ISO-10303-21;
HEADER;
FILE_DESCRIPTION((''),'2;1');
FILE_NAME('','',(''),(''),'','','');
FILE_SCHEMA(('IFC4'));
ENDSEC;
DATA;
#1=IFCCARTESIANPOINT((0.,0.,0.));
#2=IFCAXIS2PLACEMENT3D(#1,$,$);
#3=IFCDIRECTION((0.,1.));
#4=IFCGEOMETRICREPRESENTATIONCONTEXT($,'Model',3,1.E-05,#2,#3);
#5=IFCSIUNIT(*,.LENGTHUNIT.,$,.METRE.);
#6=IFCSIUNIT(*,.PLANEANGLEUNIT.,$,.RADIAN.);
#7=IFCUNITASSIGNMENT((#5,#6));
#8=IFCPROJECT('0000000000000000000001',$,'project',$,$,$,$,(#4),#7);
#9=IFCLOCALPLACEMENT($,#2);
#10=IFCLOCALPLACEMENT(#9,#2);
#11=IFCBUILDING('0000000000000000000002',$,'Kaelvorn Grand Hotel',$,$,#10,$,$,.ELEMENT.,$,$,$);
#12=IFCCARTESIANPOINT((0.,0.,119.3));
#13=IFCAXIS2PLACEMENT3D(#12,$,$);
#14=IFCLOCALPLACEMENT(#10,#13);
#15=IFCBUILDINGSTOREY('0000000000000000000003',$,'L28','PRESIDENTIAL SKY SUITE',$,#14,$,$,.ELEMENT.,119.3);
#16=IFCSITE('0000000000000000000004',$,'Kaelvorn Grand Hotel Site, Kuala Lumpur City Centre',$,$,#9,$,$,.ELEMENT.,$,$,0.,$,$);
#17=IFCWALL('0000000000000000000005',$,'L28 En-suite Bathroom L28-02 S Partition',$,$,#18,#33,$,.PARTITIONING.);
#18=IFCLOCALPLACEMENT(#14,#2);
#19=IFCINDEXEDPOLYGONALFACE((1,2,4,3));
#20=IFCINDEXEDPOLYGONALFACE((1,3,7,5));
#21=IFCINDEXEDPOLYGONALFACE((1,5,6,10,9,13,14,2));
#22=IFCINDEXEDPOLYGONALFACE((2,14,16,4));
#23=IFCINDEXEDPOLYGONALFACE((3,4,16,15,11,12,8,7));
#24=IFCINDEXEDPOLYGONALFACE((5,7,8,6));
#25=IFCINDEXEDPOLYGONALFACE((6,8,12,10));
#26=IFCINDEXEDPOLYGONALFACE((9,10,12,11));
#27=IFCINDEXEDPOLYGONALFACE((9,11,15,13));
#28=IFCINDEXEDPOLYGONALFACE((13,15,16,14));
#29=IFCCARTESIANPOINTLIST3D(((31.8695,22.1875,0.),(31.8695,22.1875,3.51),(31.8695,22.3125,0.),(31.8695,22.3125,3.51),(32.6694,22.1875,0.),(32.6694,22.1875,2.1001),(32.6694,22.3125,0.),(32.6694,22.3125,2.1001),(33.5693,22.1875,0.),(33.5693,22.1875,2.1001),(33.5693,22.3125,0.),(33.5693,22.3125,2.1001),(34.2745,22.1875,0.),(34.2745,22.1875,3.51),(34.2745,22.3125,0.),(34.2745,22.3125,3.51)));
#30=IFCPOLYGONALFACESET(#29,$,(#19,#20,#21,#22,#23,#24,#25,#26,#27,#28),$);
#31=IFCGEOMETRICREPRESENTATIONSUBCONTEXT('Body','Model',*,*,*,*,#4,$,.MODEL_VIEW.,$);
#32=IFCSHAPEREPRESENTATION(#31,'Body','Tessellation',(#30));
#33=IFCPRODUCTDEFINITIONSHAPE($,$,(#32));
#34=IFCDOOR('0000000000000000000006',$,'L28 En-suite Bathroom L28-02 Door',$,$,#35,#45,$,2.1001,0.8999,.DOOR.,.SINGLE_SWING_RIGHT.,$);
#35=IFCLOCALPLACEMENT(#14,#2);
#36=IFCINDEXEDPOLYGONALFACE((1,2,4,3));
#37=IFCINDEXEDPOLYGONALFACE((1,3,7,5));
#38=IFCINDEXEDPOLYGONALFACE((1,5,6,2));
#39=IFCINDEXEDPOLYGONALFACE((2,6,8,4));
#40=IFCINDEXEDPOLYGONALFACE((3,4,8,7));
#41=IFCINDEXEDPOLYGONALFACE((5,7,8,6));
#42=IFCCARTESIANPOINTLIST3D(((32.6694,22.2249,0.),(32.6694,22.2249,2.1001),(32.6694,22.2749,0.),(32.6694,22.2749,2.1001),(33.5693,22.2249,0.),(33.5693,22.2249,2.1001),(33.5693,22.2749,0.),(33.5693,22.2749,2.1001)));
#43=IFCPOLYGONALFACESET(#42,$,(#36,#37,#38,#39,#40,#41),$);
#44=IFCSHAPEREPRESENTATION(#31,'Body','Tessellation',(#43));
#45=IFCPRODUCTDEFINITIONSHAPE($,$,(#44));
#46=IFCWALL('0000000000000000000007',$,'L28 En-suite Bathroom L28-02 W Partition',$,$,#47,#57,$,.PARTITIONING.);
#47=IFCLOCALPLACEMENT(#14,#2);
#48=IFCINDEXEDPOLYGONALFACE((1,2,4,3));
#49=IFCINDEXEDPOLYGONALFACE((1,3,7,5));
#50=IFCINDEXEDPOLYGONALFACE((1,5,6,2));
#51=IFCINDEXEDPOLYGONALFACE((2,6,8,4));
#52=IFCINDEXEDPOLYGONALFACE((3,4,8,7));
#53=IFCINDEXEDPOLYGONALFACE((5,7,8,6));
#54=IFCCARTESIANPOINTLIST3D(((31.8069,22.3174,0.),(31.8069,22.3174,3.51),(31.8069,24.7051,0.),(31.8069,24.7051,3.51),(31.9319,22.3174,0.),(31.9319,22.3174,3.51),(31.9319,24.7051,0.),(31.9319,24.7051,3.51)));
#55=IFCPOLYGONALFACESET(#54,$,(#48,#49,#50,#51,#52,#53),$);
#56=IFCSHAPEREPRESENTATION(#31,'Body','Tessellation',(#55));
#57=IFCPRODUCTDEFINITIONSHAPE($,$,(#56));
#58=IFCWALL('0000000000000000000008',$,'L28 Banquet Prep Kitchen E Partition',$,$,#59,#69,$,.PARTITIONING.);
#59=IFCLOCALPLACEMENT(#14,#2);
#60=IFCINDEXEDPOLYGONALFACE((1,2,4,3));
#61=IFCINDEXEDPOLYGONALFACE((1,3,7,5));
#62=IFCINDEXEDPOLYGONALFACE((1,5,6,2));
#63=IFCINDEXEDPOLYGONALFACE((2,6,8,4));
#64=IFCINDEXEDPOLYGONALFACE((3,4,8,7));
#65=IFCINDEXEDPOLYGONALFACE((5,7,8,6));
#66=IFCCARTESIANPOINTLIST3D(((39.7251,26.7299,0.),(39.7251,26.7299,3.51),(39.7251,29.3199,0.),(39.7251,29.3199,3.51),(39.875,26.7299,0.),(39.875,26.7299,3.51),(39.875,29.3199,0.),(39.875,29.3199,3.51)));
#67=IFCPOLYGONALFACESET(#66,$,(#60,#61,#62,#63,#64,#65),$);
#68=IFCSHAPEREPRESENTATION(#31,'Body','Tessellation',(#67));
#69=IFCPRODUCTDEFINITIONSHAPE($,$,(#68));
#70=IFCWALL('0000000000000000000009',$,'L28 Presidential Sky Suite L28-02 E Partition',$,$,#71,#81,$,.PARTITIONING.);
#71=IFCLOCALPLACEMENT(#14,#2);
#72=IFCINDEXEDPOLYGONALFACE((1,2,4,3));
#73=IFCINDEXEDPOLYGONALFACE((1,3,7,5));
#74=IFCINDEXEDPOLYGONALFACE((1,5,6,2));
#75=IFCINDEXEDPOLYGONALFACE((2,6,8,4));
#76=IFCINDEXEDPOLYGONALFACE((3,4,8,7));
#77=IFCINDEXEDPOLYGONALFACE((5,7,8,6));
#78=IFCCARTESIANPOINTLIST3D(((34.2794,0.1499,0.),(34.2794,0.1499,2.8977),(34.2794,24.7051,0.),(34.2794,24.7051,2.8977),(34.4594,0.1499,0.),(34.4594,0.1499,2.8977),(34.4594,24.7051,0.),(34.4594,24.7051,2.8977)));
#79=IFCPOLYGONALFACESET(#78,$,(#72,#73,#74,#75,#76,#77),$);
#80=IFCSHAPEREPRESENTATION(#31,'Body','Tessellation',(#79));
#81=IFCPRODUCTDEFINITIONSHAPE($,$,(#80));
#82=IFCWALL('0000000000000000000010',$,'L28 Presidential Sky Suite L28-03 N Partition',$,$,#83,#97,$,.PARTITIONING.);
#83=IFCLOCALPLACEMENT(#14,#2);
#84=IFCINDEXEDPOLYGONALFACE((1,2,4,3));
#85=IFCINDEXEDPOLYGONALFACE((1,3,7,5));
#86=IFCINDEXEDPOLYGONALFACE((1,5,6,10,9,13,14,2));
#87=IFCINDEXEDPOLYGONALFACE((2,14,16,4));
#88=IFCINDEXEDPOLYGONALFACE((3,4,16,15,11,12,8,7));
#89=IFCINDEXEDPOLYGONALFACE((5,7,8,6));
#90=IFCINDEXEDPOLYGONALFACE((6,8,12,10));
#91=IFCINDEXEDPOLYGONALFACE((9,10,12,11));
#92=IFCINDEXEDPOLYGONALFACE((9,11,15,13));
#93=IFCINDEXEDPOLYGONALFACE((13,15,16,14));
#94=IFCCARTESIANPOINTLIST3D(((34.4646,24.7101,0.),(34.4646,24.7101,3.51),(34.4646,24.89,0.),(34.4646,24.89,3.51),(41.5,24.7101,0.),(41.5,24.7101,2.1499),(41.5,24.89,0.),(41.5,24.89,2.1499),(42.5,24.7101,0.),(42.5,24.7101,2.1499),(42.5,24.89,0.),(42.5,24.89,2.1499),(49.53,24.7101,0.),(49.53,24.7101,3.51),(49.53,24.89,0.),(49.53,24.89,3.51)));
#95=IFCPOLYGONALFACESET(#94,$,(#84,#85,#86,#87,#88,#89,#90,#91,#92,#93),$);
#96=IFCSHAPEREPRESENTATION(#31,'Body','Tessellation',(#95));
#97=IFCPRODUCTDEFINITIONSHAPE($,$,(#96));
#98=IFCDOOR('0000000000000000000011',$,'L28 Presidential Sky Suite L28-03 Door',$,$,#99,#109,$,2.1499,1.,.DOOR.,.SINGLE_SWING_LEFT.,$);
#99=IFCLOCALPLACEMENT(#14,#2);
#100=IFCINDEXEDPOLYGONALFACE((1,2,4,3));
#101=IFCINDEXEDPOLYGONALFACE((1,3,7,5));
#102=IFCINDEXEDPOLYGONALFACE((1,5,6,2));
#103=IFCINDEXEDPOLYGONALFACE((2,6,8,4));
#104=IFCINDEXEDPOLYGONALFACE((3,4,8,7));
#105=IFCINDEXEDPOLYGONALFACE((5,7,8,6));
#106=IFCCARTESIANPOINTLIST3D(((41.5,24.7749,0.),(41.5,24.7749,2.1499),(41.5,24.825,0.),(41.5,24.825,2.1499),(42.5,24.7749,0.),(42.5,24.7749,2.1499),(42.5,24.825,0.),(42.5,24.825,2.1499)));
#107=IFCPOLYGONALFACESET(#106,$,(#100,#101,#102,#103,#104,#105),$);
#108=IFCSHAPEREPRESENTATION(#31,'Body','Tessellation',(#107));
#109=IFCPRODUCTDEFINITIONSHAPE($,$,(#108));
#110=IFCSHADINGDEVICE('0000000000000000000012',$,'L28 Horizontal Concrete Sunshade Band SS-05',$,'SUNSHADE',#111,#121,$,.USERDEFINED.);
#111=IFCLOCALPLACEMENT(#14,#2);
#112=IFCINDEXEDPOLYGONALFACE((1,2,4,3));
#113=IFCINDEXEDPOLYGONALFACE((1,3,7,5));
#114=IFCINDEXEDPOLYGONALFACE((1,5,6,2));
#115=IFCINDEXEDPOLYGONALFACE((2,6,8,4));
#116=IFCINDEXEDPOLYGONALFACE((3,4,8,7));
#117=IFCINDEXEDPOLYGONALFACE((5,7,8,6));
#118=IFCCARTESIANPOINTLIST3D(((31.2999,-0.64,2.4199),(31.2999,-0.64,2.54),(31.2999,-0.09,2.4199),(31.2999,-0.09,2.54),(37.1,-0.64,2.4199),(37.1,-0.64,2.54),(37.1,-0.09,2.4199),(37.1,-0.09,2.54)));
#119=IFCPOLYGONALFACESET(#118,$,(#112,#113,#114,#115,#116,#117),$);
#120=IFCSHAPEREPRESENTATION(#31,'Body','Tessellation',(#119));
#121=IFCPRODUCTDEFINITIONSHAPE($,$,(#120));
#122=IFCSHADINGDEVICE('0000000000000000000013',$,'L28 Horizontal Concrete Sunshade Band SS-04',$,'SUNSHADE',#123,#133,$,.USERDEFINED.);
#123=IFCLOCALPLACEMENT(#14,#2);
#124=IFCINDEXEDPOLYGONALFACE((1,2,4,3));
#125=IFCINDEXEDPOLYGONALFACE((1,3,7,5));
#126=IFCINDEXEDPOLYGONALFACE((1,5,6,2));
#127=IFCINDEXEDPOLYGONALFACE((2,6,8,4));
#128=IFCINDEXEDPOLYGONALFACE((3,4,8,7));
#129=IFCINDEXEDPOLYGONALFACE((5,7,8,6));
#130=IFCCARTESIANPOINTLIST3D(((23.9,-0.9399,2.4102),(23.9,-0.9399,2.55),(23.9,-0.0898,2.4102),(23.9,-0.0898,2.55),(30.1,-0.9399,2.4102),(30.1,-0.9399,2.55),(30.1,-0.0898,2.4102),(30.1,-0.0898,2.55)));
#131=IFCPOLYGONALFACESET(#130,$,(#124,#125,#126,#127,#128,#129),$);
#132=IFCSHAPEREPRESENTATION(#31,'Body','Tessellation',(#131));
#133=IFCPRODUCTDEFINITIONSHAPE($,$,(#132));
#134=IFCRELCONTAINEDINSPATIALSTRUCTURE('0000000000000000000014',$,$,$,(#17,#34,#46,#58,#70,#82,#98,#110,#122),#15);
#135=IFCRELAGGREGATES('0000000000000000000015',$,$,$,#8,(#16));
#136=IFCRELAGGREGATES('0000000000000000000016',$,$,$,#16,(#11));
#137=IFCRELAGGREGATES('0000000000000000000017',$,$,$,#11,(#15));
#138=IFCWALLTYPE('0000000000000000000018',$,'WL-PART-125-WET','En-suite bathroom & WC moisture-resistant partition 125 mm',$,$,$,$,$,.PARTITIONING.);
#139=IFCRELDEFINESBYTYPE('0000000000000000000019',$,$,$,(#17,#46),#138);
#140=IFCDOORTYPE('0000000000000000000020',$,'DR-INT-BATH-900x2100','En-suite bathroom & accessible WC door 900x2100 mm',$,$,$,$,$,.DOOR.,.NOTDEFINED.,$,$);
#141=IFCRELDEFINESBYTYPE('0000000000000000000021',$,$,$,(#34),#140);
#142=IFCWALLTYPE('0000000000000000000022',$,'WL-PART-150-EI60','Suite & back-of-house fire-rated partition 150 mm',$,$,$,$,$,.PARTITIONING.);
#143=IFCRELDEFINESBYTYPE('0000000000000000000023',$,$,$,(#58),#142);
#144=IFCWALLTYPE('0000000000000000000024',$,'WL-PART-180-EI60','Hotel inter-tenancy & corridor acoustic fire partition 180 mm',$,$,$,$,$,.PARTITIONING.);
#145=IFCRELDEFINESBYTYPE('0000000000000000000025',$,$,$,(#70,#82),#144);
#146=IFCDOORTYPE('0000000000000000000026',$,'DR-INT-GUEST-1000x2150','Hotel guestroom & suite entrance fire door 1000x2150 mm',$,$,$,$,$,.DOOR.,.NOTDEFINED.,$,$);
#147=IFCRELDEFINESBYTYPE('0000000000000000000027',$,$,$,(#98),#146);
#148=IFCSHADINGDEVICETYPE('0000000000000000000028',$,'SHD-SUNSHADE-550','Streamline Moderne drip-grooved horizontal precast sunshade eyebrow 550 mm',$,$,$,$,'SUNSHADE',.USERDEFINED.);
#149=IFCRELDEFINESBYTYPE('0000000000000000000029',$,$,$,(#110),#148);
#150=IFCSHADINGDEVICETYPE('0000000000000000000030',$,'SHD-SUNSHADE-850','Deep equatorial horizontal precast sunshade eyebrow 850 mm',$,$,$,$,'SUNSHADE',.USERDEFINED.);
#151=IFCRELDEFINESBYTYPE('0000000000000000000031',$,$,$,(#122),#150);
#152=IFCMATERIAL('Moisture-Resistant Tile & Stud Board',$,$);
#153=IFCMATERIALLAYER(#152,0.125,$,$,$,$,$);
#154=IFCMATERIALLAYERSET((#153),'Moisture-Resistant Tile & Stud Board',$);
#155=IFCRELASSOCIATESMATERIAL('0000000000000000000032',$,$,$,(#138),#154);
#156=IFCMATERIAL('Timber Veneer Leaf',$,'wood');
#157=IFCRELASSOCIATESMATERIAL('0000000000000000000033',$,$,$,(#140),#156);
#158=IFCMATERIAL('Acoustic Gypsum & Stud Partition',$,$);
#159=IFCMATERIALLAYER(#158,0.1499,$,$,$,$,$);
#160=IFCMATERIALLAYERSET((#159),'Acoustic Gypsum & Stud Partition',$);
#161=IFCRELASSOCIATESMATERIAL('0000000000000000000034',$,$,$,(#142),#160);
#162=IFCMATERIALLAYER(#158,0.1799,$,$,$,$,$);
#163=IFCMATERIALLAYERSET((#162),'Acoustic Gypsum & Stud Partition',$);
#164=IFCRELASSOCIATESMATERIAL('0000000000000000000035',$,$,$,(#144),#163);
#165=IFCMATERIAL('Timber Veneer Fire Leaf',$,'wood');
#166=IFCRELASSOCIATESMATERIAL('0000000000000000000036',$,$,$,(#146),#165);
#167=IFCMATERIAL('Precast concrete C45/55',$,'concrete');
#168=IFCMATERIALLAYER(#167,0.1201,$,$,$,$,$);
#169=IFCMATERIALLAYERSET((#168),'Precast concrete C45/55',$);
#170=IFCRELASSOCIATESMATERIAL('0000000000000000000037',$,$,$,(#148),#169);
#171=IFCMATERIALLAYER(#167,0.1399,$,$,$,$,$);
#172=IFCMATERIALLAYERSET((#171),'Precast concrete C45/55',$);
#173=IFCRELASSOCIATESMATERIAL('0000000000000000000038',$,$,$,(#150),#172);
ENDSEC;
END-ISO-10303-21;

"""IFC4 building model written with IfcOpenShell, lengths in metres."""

from ifc_helpers import new_model, si_unit, direction, frame, frame_2d, origin, origin_2d, place, context, subcontext, project, spatial, rectangle, extrude, material, layer, layer_set, type_object, element, fill, save


model = new_model("IFC4")

# Units and contexts
model_context = context("Model", 3, precision=1e-05, world=origin(), true_north=direction((0.0, 1.0)))
body_context = subcontext(model_context, "Body", "Model", "MODEL_VIEW")
ifc_project = project(units=[si_unit("LENGTHUNIT", "METRE"), si_unit("PLANEANGLEUNIT", "RADIAN")], contexts=[model_context])

# Site, building, storey
site_placement = place(None, origin())
site = spatial("IfcSite", under=ifc_project, at=site_placement, Name="Kaelvorn Grand Hotel Site, Kuala Lumpur City Centre", CompositionType="ELEMENT", RefElevation=0.0)
building_placement = place(site_placement, origin())
building = spatial("IfcBuilding", under=site, at=building_placement, Name="Kaelvorn Grand Hotel", CompositionType="ELEMENT")
storey_placement = place(building_placement, frame((0.0, 0.0, 119.3)))
storey = spatial("IfcBuildingStorey", under=building, at=storey_placement, Name="L28", Description="PRESIDENTIAL SKY SUITE", CompositionType="ELEMENT", Elevation=119.3)

# Wall, opening, door
ifc_material_1 = material(Name="Moisture-Resistant Tile & Stud Board")
ifc_layer_1 = layer(ifc_material_1, 0.125)
ifc_layer_set_1 = layer_set([ifc_layer_1], Name="Moisture-Resistant Tile & Stud Board")
wall_type_1 = type_object("IfcWallType", Name="WL-PART-125-WET", Description="En-suite bathroom & WC moisture-resistant partition 125 mm", PredefinedType="PARTITIONING", material=ifc_layer_set_1)
wall_1_placement = place(storey_placement, frame((31.8694, 22.25, 0.0), z_axis=(0.0, 0.0, 1.0), x_axis=(1.0, 0.0, 0.0)))
wall_1 = element("IfcWall", 1, at=wall_1_placement, inside=storey, type_object=wall_type_1, Name="L28 En-suite Bathroom L28-02 S Partition", PredefinedType="PARTITIONING", context=body_context, shape_type="SweptSolid", body=[
    extrude(rectangle(XDim=2.405, YDim=0.125, at=frame_2d((1.2026, 0.0))), origin(), (0.0, 0.0, 1.0), 3.51),
])
opening_1_placement = place(wall_1_placement, frame((0.8, 0.0, 0.0)))
opening_1 = element("IfcOpeningElement", 2, at=opening_1_placement, cuts=wall_1, PredefinedType="OPENING", context=body_context, shape_type="SweptSolid", body=[
    extrude(rectangle(XDim=0.8999, YDim=2.1001, at=frame_2d((0.45, 1.05))), frame((0.0, 0.0725, 0.0), z_axis=(0.0, -1.0, 0.0), x_axis=(1.0, 0.0, 0.0)), (0.0, 0.0, 1.0), 0.145),
])
ifc_material_2 = material(Name="Timber Veneer Leaf", Category="wood")
door_type_1 = type_object("IfcDoorType", Name="DR-INT-BATH-900x2100", Description="En-suite bathroom & accessible WC door 900x2100 mm", OperationType="NOTDEFINED", PredefinedType="DOOR", material=ifc_material_2)
door_1_placement = place(opening_1_placement, origin())
door_1 = element("IfcDoor", 3, at=door_1_placement, inside=storey, type_object=door_type_1, Name="L28 En-suite Bathroom L28-02 Door", OperationType="SINGLE_SWING_RIGHT", OverallHeight=2.1001, OverallWidth=0.8999, PredefinedType="DOOR", context=body_context, shape_type="SweptSolid", body=[
    extrude(rectangle(XDim=0.8999, YDim=2.1001, at=frame_2d((0.45, 1.05))), frame((0.0, 0.0249, 0.0), z_axis=(0.0, -1.0, 0.0), x_axis=(1.0, 0.0, 0.0)), (0.0, 0.0, 1.0), 0.05),
])
fill(opening_1, door_1)

# Walls
wall_2_placement = place(storey_placement, frame((31.8694, 22.3174, 0.0), z_axis=(0.0, 0.0, 1.0), x_axis=(0.0, 1.0, 0.0)))
element("IfcWall", 4, at=wall_2_placement, inside=storey, type_object=wall_type_1, Name="L28 En-suite Bathroom L28-02 W Partition", PredefinedType="PARTITIONING", context=body_context, shape_type="SweptSolid", body=[
    extrude(rectangle(XDim=2.3877, YDim=0.125, at=frame_2d((1.1938, 0.0))), origin(), (0.0, 0.0, 1.0), 3.51),
])
ifc_material_3 = material(Name="Acoustic Gypsum & Stud Partition")
ifc_layer_2 = layer(ifc_material_3, 0.1499)
ifc_layer_set_2 = layer_set([ifc_layer_2], Name="Acoustic Gypsum & Stud Partition")
wall_type_2 = type_object("IfcWallType", Name="WL-PART-150-EI60", Description="Suite & back-of-house fire-rated partition 150 mm", PredefinedType="PARTITIONING", material=ifc_layer_set_2)
wall_3_placement = place(storey_placement, frame((39.8, 26.73, 0.0), z_axis=(0.0, 0.0, 1.0), x_axis=(0.0, 1.0, 0.0)))
element("IfcWall", 5, at=wall_3_placement, inside=storey, type_object=wall_type_2, Name="L28 Banquet Prep Kitchen E Partition", PredefinedType="PARTITIONING", context=body_context, shape_type="SweptSolid", body=[
    extrude(rectangle(XDim=2.5901, YDim=0.1499, at=frame_2d((1.2949, 0.0))), origin(), (0.0, 0.0, 1.0), 3.51),
])
ifc_layer_3 = layer(ifc_material_3, 0.1799)
ifc_layer_set_3 = layer_set([ifc_layer_3], Name="Acoustic Gypsum & Stud Partition")
wall_type_3 = type_object("IfcWallType", Name="WL-PART-180-EI60", Description="Hotel inter-tenancy & corridor acoustic fire partition 180 mm", PredefinedType="PARTITIONING", material=ifc_layer_set_3)
wall_4_placement = place(storey_placement, frame((34.3694, 0.1499, 0.0), z_axis=(0.0, 0.0, 1.0), x_axis=(0.0, 1.0, 0.0)))
element("IfcWall", 6, at=wall_4_placement, inside=storey, type_object=wall_type_3, Name="L28 Presidential Sky Suite L28-02 E Partition", PredefinedType="PARTITIONING", context=body_context, shape_type="SweptSolid", body=[
    extrude(rectangle(XDim=24.5552, YDim=0.1799, at=frame_2d((12.2776, 0.0))), origin(), (0.0, 0.0, 1.0), 2.8977),
])

# Wall, opening, door
wall_5_placement = place(storey_placement, frame((34.4646, 24.8, 0.0), z_axis=(0.0, 0.0, 1.0), x_axis=(1.0, 0.0, 0.0)))
wall_5 = element("IfcWall", 7, at=wall_5_placement, inside=storey, type_object=wall_type_3, Name="L28 Presidential Sky Suite L28-03 N Partition", PredefinedType="PARTITIONING", context=body_context, shape_type="SweptSolid", body=[
    extrude(rectangle(XDim=15.0654, YDim=0.1799, at=frame_2d((7.5327, 0.0))), origin(), (0.0, 0.0, 1.0), 3.51),
])
opening_2_placement = place(wall_5_placement, frame((7.0354, 0.0, 0.0)))
opening_2 = element("IfcOpeningElement", 8, at=opening_2_placement, cuts=wall_5, PredefinedType="OPENING", context=body_context, shape_type="SweptSolid", body=[
    extrude(rectangle(XDim=1.0, YDim=2.1499, at=frame_2d((0.5, 1.075))), frame((0.0, 0.1001, 0.0), z_axis=(0.0, -1.0, 0.0), x_axis=(1.0, 0.0, 0.0)), (0.0, 0.0, 1.0), 0.2),
])
ifc_material_4 = material(Name="Timber Veneer Fire Leaf", Category="wood")
door_type_2 = type_object("IfcDoorType", Name="DR-INT-GUEST-1000x2150", Description="Hotel guestroom & suite entrance fire door 1000x2150 mm", OperationType="NOTDEFINED", PredefinedType="DOOR", material=ifc_material_4)
door_2_placement = place(opening_2_placement, origin())
door_2 = element("IfcDoor", 9, at=door_2_placement, inside=storey, type_object=door_type_2, Name="L28 Presidential Sky Suite L28-03 Door", OperationType="SINGLE_SWING_LEFT", OverallHeight=2.1499, OverallWidth=1.0, PredefinedType="DOOR", context=body_context, shape_type="SweptSolid", body=[
    extrude(rectangle(XDim=1.0, YDim=2.1499, at=frame_2d((0.5, 1.075))), frame((0.0, 0.0249, 0.0), z_axis=(0.0, -1.0, 0.0), x_axis=(1.0, 0.0, 0.0)), (0.0, 0.0, 1.0), 0.05),
])
fill(opening_2, door_2)

# Shading devices
ifc_material_5 = material(Name="Precast concrete C45/55", Category="concrete")
ifc_layer_4 = layer(ifc_material_5, 0.1201)
ifc_layer_set_4 = layer_set([ifc_layer_4], Name="Precast concrete C45/55")
shading_device_type_1 = type_object("IfcShadingDeviceType", Name="SHD-SUNSHADE-550", Description="Streamline Moderne drip-grooved horizontal precast sunshade eyebrow 550 mm", ElementType="SUNSHADE", PredefinedType="USERDEFINED", material=ifc_layer_set_4)
shading_device_1_placement = place(storey_placement, frame((34.2, -0.365, 2.4199), z_axis=(0.0, 0.0, 1.0), x_axis=(1.0, 0.0, 0.0)))
element("IfcShadingDevice", 10, at=shading_device_1_placement, inside=storey, type_object=shading_device_type_1, Name="L28 Horizontal Concrete Sunshade Band SS-05", ObjectType="SUNSHADE", PredefinedType="USERDEFINED", context=body_context, shape_type="SweptSolid", body=[
    extrude(rectangle(XDim=5.8, YDim=0.55, at=origin_2d()), origin(), (0.0, 0.0, 1.0), 0.1201),
])
ifc_layer_5 = layer(ifc_material_5, 0.1399)
ifc_layer_set_5 = layer_set([ifc_layer_5], Name="Precast concrete C45/55")
shading_device_type_2 = type_object("IfcShadingDeviceType", Name="SHD-SUNSHADE-850", Description="Deep equatorial horizontal precast sunshade eyebrow 850 mm", ElementType="SUNSHADE", PredefinedType="USERDEFINED", material=ifc_layer_set_5)
shading_device_2_placement = place(storey_placement, frame((27.0, -0.5149, 2.4102), z_axis=(0.0, 0.0, 1.0), x_axis=(1.0, 0.0, 0.0)))
element("IfcShadingDevice", 11, at=shading_device_2_placement, inside=storey, type_object=shading_device_type_2, Name="L28 Horizontal Concrete Sunshade Band SS-04", ObjectType="SUNSHADE", PredefinedType="USERDEFINED", context=body_context, shape_type="SweptSolid", body=[
    extrude(rectangle(XDim=6.2, YDim=0.8501, at=origin_2d()), origin(), (0.0, 0.0, 1.0), 0.1399),
])

save(model, "model.ifc")
